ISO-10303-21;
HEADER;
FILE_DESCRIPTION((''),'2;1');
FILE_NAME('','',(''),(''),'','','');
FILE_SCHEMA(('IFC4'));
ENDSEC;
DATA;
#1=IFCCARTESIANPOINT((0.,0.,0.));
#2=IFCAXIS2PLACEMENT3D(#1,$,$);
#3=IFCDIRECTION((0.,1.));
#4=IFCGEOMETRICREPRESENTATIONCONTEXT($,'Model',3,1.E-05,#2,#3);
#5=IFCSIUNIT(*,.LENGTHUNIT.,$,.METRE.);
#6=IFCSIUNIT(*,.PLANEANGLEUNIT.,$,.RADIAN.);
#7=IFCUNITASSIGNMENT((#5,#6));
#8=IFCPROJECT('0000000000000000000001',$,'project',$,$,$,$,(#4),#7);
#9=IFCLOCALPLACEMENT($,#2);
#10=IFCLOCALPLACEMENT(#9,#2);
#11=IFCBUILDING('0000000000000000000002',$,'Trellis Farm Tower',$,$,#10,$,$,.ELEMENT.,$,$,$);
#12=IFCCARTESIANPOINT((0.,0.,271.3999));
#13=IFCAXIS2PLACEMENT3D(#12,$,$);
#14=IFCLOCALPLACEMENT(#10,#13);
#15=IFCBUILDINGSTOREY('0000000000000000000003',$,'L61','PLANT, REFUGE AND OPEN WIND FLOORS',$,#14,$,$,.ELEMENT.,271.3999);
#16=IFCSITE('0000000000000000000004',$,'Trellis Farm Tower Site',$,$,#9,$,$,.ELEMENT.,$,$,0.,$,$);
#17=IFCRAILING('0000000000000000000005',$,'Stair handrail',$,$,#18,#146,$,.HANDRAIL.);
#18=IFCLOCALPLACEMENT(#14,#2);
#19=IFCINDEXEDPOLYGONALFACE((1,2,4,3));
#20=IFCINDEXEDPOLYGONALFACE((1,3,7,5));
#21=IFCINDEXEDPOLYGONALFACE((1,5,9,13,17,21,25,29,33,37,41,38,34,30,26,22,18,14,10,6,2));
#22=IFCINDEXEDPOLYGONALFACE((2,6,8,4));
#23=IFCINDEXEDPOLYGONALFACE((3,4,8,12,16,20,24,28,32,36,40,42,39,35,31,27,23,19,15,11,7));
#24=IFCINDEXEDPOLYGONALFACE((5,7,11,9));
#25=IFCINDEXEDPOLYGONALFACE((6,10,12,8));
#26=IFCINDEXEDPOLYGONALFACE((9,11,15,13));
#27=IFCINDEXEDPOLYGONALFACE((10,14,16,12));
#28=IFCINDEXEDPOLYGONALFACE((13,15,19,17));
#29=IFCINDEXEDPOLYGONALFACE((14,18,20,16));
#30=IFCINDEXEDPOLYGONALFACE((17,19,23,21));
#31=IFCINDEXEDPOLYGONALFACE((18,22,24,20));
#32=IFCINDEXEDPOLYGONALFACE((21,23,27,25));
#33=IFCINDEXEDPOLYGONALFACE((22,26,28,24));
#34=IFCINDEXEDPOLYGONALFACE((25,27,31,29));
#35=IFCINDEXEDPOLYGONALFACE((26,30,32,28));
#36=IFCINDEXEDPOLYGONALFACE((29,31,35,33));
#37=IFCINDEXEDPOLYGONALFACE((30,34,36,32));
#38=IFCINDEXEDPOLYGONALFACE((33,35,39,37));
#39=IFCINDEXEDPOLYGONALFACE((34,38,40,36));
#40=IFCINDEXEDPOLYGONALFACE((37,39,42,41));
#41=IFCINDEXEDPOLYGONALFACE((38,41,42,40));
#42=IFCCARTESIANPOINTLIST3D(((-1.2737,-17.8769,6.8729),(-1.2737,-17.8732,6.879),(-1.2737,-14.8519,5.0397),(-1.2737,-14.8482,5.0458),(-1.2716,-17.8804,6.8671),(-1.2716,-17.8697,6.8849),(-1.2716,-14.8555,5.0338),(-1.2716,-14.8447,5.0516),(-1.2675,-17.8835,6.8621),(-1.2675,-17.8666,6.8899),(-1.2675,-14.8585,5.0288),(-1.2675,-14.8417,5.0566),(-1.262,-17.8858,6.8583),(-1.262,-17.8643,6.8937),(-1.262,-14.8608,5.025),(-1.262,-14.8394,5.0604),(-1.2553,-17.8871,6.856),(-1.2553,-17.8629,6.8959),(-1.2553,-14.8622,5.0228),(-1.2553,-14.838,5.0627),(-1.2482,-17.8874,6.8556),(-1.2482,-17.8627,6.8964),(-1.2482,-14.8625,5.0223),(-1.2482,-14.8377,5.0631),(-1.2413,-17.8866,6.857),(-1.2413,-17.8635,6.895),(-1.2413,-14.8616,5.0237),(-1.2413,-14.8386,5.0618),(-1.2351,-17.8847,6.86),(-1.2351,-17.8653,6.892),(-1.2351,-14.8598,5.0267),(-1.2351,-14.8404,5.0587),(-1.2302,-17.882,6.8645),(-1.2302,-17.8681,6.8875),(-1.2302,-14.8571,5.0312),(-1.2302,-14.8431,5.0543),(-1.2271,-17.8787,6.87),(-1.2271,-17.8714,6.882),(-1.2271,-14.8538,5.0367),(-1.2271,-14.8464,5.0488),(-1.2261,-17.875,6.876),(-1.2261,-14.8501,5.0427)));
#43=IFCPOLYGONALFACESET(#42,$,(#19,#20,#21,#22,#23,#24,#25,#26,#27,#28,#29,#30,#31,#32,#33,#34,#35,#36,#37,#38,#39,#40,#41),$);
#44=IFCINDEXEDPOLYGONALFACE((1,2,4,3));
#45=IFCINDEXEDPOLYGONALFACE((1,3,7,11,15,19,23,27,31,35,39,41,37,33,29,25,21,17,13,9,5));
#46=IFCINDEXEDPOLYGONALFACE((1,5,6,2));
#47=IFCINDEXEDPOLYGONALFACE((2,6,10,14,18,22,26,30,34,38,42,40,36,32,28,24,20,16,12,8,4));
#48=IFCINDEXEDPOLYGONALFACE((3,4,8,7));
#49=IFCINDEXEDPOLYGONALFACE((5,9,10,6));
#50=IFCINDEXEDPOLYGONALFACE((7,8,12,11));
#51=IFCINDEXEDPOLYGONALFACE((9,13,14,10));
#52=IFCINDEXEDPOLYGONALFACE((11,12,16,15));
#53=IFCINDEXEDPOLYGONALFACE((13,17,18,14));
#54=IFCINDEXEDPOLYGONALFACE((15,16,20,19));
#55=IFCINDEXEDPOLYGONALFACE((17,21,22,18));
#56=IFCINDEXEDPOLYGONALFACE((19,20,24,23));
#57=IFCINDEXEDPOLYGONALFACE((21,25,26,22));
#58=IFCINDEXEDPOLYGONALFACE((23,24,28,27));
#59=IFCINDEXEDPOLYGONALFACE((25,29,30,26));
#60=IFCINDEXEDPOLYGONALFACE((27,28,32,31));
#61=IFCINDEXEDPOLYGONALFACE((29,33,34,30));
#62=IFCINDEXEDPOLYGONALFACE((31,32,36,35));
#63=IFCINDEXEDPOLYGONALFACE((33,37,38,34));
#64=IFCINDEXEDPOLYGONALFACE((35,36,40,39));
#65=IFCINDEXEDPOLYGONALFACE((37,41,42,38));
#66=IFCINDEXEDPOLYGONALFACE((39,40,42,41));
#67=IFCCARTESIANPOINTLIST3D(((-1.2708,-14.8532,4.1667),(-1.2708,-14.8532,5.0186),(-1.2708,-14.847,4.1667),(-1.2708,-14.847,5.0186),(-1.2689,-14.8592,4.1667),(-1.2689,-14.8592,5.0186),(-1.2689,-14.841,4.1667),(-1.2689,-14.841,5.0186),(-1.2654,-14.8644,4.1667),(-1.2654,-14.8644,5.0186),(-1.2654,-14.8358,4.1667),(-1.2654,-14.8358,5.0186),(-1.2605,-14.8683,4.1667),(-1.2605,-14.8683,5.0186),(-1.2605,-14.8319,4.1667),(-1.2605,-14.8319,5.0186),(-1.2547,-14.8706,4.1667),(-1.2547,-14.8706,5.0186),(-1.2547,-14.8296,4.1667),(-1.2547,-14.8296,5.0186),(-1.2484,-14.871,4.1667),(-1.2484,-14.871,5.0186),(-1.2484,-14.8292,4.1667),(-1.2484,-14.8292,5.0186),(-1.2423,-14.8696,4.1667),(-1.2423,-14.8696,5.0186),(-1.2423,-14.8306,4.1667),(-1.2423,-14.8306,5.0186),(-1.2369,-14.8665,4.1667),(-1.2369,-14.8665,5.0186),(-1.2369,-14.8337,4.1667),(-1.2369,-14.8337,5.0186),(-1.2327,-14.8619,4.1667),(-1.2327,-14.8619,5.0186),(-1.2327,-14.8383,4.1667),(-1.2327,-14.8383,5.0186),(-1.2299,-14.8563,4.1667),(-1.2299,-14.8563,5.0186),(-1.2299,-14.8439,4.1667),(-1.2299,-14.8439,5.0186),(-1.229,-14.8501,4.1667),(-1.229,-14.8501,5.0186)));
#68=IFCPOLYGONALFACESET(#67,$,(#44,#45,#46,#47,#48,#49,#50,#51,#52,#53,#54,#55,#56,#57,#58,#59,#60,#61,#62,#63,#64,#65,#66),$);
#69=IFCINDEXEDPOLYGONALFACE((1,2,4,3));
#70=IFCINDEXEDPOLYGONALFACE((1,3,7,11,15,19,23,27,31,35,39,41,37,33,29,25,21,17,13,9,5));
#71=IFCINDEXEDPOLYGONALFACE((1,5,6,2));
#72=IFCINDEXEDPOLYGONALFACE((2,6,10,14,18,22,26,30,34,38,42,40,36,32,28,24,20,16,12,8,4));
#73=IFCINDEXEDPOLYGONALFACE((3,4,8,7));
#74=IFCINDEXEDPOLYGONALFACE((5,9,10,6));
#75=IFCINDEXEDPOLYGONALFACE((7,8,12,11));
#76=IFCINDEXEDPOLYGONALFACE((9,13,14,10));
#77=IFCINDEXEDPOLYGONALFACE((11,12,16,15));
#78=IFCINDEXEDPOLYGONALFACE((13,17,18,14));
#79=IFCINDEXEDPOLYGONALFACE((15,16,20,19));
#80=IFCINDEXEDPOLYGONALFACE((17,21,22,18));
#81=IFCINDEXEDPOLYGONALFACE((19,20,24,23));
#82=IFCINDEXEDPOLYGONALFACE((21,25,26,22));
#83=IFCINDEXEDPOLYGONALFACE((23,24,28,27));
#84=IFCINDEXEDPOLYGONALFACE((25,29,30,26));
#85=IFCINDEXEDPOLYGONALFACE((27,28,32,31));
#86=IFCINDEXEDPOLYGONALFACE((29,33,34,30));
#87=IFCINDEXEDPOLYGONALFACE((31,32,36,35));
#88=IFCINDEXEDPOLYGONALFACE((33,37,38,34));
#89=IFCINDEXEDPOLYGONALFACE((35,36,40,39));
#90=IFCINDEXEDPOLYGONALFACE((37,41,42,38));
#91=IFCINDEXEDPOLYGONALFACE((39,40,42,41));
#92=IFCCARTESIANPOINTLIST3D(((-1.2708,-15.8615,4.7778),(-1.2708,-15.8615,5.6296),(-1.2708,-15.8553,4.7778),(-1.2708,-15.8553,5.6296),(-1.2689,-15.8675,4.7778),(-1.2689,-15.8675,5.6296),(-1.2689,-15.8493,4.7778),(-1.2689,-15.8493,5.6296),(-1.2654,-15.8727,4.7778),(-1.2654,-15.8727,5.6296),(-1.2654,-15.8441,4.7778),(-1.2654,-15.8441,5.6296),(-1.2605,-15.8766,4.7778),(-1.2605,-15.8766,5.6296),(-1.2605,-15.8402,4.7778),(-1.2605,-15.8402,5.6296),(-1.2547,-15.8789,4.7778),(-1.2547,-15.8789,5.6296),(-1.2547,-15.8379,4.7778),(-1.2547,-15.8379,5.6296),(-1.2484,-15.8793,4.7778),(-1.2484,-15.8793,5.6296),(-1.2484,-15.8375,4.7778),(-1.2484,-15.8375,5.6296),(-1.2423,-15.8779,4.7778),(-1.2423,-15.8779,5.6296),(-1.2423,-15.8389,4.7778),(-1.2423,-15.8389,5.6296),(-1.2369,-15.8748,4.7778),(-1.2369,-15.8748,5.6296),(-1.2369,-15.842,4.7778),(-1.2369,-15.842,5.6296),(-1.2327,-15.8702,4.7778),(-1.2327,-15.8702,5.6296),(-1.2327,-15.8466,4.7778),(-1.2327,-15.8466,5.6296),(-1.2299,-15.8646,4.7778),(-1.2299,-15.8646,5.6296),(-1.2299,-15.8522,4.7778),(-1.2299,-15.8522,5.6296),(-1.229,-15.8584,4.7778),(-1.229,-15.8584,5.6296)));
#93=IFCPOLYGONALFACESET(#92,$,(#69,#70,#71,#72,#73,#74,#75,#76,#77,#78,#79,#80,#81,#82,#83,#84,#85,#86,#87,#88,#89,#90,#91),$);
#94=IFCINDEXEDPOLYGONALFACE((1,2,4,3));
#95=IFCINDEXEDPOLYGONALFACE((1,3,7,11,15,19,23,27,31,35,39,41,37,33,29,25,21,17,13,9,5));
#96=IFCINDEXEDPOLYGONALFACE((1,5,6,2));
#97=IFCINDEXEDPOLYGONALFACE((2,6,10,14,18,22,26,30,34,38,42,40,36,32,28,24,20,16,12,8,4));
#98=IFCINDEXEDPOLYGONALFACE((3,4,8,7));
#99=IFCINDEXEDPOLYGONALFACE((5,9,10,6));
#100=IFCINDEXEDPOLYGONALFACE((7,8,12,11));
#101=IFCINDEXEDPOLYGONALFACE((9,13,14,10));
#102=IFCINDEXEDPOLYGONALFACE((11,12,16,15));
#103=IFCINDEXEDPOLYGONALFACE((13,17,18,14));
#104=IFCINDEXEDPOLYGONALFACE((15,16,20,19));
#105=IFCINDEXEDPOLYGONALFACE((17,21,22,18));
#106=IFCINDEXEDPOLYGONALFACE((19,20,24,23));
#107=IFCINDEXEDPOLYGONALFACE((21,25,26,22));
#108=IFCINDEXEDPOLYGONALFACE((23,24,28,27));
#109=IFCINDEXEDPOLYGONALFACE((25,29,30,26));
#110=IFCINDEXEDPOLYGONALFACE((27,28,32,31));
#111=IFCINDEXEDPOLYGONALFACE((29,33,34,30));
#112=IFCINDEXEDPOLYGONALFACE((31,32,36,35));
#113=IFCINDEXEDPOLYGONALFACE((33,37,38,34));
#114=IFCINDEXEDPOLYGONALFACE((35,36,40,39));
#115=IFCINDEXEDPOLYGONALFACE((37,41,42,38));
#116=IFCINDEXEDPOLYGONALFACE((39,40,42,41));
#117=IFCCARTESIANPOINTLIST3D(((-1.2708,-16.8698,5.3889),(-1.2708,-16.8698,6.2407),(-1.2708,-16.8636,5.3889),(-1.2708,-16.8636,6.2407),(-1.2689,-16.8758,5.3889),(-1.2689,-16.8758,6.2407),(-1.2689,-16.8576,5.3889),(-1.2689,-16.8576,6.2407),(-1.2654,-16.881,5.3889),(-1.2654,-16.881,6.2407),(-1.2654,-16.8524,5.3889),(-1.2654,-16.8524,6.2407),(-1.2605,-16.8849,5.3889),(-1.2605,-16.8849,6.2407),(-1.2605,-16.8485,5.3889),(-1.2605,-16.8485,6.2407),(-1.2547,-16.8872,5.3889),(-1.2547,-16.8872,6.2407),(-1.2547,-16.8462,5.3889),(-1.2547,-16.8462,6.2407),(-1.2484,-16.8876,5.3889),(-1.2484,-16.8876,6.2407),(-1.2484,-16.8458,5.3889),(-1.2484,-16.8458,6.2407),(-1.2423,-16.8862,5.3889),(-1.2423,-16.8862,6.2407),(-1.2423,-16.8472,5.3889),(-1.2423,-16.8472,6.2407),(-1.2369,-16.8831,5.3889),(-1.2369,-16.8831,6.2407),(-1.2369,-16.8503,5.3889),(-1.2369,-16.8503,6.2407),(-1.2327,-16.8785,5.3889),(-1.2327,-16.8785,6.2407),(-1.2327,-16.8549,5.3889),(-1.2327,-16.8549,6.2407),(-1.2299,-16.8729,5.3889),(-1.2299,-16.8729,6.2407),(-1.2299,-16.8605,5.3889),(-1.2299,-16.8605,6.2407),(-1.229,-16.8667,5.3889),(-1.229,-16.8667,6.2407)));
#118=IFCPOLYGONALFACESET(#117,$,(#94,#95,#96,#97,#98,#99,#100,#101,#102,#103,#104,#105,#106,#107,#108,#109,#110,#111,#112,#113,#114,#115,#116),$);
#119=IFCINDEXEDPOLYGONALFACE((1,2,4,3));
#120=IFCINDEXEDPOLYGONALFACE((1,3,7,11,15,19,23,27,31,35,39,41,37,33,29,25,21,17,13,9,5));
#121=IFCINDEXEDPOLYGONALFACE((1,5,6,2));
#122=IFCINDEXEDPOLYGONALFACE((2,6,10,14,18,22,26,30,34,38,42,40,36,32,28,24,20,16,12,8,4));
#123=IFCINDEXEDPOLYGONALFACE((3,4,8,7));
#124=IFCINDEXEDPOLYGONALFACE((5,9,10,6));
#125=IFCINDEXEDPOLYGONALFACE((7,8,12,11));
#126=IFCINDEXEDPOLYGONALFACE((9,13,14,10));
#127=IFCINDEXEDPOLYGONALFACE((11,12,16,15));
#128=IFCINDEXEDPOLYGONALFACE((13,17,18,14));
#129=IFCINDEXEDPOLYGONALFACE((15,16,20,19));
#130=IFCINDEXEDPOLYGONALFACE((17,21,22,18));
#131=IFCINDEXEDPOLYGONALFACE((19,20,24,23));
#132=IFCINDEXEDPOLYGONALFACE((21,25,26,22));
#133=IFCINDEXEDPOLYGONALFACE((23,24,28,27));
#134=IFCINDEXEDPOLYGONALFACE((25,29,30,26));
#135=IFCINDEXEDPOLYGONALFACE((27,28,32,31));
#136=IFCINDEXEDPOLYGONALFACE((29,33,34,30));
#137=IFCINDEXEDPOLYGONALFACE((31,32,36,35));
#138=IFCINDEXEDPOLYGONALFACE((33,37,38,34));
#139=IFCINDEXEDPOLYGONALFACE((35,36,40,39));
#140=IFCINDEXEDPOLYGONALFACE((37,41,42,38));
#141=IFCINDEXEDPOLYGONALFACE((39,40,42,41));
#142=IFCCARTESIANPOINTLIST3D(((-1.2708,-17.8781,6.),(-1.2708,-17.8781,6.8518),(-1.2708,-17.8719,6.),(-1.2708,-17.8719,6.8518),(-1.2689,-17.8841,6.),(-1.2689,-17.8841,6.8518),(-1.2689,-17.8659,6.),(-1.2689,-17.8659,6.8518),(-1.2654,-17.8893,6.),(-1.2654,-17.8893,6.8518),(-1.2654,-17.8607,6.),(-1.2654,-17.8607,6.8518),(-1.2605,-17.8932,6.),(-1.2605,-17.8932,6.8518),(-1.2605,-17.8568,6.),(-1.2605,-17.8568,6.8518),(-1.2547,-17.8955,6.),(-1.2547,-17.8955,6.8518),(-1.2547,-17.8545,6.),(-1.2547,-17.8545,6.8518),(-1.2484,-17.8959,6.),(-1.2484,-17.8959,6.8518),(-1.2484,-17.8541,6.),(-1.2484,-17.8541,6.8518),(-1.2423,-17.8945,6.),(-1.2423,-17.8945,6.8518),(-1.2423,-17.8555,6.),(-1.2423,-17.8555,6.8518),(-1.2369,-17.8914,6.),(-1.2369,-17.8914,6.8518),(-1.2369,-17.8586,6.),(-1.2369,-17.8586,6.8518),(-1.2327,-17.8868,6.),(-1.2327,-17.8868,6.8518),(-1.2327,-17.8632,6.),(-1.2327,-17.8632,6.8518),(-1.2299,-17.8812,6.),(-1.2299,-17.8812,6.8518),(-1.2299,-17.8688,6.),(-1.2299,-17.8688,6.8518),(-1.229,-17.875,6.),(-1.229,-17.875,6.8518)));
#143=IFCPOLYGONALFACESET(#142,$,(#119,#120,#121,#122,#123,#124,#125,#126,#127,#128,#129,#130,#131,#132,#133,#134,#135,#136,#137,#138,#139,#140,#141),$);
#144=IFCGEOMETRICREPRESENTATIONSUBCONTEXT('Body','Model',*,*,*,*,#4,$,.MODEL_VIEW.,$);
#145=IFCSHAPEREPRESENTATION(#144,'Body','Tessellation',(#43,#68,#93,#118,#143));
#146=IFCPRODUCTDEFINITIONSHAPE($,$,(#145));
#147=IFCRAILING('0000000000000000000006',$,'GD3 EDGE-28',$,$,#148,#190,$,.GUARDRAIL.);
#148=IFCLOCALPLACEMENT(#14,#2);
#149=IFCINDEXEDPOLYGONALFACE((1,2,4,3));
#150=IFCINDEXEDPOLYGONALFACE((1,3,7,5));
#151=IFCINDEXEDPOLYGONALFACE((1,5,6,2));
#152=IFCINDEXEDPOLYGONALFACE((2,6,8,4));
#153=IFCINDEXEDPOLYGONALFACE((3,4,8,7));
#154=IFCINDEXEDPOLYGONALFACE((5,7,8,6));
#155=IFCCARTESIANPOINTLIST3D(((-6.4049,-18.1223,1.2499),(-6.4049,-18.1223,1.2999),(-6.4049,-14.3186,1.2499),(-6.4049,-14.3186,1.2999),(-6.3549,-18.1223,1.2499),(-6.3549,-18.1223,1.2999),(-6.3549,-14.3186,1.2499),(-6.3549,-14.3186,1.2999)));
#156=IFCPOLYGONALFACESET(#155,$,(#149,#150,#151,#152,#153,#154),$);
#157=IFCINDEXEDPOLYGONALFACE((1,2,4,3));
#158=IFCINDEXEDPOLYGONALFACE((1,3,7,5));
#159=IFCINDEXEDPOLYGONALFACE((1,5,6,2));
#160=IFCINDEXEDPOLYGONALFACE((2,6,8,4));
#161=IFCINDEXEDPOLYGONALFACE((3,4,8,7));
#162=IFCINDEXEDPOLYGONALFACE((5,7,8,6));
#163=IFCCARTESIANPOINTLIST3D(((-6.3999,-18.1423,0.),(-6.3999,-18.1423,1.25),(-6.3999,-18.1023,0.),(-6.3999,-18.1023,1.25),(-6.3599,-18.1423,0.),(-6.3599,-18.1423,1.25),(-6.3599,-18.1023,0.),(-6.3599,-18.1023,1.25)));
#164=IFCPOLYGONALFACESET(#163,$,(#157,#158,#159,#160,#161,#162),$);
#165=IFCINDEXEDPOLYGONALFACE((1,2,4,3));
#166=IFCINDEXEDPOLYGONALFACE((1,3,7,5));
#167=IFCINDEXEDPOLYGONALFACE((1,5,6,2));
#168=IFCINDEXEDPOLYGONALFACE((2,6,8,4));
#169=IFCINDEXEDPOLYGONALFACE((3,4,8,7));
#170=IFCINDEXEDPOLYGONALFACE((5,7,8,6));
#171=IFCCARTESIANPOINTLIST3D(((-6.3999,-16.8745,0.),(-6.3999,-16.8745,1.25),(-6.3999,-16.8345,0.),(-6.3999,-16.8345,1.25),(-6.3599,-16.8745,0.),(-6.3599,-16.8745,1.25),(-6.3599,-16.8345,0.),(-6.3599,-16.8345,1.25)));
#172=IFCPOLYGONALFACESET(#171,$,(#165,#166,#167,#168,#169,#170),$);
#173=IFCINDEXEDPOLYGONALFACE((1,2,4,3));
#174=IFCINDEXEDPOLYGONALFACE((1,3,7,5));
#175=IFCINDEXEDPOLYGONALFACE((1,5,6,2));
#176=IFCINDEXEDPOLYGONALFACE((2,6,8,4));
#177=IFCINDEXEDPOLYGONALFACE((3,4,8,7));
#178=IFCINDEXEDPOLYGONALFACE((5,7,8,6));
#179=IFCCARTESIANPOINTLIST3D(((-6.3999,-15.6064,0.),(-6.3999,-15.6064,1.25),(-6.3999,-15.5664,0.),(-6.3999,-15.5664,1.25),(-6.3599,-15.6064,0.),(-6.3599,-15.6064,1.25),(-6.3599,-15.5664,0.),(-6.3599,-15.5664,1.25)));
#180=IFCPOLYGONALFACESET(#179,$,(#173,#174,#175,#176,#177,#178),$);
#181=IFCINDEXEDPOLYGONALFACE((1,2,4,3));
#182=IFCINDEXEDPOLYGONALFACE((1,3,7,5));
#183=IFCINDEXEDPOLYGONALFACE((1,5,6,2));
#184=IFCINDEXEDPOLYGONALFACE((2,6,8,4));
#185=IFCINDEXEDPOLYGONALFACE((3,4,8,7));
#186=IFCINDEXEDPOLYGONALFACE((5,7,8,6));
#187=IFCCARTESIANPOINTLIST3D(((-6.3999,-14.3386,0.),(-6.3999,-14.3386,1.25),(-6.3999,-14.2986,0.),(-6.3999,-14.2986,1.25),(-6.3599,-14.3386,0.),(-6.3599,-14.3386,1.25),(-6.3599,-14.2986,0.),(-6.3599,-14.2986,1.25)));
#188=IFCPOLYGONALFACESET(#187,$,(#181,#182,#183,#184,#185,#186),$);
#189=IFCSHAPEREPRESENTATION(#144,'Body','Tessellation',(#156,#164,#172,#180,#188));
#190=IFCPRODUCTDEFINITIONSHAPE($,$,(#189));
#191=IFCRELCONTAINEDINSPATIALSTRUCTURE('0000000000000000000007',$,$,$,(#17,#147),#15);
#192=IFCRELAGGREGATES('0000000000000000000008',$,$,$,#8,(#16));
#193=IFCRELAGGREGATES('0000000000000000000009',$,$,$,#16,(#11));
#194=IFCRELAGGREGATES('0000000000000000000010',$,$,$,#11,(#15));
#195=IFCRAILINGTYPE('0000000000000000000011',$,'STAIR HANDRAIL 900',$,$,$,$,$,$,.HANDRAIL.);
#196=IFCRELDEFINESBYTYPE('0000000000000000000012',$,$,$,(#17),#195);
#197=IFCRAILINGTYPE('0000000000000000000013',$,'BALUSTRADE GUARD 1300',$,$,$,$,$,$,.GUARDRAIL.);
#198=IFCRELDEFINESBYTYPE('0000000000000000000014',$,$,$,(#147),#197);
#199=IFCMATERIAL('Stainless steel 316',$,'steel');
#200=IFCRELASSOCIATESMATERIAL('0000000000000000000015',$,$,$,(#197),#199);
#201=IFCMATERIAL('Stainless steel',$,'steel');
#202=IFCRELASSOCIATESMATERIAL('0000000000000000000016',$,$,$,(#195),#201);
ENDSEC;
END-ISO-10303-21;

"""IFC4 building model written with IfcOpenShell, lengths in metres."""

from ifc_helpers import new_model, si_unit, direction, frame, origin, origin_2d, place, context, subcontext, project, spatial, rectangle, circle, extrude, source, transform, mapped, material, type_object, element, save


model = new_model("IFC4")

# Units and contexts
model_context = context("Model", 3, precision=1e-05, world=origin(), true_north=direction((0.0, 1.0)))
body_context = subcontext(model_context, "Body", "Model", "MODEL_VIEW")
ifc_project = project(units=[si_unit("LENGTHUNIT", "METRE"), si_unit("PLANEANGLEUNIT", "RADIAN")], contexts=[model_context])

# Site, building, storey
site_placement = place(None, origin())
site = spatial("IfcSite", under=ifc_project, at=site_placement, Name="Trellis Farm Tower Site", CompositionType="ELEMENT", RefElevation=0.0)
building_placement = place(site_placement, origin())
building = spatial("IfcBuilding", under=site, at=building_placement, Name="Trellis Farm Tower", CompositionType="ELEMENT")
storey_placement = place(building_placement, frame((0.0, 0.0, 271.3999)))
storey = spatial("IfcBuildingStorey", under=building, at=storey_placement, Name="L61", Description="PLANT, REFUGE AND OPEN WIND FLOORS", CompositionType="ELEMENT", Elevation=271.3999)

# Railings
ifc_material_1 = material(Name="Stainless steel 316", Category="steel")
railing_type_1 = type_object("IfcRailingType", Name="BALUSTRADE GUARD 1300", PredefinedType="GUARDRAIL", material=ifc_material_1)
ifc_material_2 = material(Name="Stainless steel", Category="steel")
railing_type_2 = type_object("IfcRailingType", Name="STAIR HANDRAIL 900", PredefinedType="HANDRAIL", material=ifc_material_2)
shared_shape_1 = source(origin(), body_context, "Body", "SweptSolid", [
    extrude(circle(Radius=0.0239, at=origin_2d()), frame((0.0, 0.0, 0.876), z_axis=(0.0, -0.855201, 0.518297), x_axis=(1.0, 0.0, 0.0)), (0.0, 0.0, 1.0), 3.5371),
    extrude(circle(Radius=0.021, at=origin_2d()), origin(), (0.0, 0.0, 1.0), 0.8518),
    extrude(circle(Radius=0.021, at=origin_2d()), frame((0.0, -1.0083, 0.6111)), (0.0, 0.0, 1.0), 0.8518),
    extrude(circle(Radius=0.021, at=origin_2d()), frame((0.0, -2.0166, 1.2222)), (0.0, 0.0, 1.0), 0.8518),
    extrude(circle(Radius=0.021, at=origin_2d()), frame((0.0, -3.0249, 1.8333)), (0.0, 0.0, 1.0), 0.8518),
])
for number, where, name in (
    (1, (-1.25, -14.8501, 4.1667), "Stair handrail"),
):
    element("IfcRailing", number, at=place(storey_placement, frame(where)), inside=storey, type_object=railing_type_2, Name=name, PredefinedType="HANDRAIL", context=body_context, shape_type="MappedRepresentation", body=[
        mapped(shared_shape_1, transform((0.0, 0.0, 0.0))),
    ])
shared_shape_2 = source(origin(), body_context, "Body", "SweptSolid", [
    extrude(rectangle(XDim=0.05, YDim=0.05, at=origin_2d()), frame((0.0, 0.0, 1.2749), z_axis=(0.0, 1.0, 0.0), x_axis=(-1.0, 0.0, 0.0)), (0.0, 0.0, 1.0), 3.8037),
    extrude(rectangle(XDim=0.04, YDim=0.04, at=origin_2d()), origin(), (0.0, 0.0, 1.0), 1.25),
    extrude(rectangle(XDim=0.04, YDim=0.04, at=origin_2d()), frame((0.0, 1.2678, 0.0)), (0.0, 0.0, 1.0), 1.25),
    extrude(rectangle(XDim=0.04, YDim=0.04, at=origin_2d()), frame((0.0, 2.5359, 0.0)), (0.0, 0.0, 1.0), 1.25),
    extrude(rectangle(XDim=0.04, YDim=0.04, at=origin_2d()), frame((0.0, 3.8037, 0.0)), (0.0, 0.0, 1.0), 1.25),
])
for number, where, name in (
    (2, (-6.3799, -18.1223, 0.0), "GD3 EDGE-28"),
):
    element("IfcRailing", number, at=place(storey_placement, frame(where)), inside=storey, type_object=railing_type_1, Name=name, PredefinedType="GUARDRAIL", context=body_context, shape_type="MappedRepresentation", body=[
        mapped(shared_shape_2, transform((0.0, 0.0, 0.0))),
    ])

save(model, "model.ifc")
